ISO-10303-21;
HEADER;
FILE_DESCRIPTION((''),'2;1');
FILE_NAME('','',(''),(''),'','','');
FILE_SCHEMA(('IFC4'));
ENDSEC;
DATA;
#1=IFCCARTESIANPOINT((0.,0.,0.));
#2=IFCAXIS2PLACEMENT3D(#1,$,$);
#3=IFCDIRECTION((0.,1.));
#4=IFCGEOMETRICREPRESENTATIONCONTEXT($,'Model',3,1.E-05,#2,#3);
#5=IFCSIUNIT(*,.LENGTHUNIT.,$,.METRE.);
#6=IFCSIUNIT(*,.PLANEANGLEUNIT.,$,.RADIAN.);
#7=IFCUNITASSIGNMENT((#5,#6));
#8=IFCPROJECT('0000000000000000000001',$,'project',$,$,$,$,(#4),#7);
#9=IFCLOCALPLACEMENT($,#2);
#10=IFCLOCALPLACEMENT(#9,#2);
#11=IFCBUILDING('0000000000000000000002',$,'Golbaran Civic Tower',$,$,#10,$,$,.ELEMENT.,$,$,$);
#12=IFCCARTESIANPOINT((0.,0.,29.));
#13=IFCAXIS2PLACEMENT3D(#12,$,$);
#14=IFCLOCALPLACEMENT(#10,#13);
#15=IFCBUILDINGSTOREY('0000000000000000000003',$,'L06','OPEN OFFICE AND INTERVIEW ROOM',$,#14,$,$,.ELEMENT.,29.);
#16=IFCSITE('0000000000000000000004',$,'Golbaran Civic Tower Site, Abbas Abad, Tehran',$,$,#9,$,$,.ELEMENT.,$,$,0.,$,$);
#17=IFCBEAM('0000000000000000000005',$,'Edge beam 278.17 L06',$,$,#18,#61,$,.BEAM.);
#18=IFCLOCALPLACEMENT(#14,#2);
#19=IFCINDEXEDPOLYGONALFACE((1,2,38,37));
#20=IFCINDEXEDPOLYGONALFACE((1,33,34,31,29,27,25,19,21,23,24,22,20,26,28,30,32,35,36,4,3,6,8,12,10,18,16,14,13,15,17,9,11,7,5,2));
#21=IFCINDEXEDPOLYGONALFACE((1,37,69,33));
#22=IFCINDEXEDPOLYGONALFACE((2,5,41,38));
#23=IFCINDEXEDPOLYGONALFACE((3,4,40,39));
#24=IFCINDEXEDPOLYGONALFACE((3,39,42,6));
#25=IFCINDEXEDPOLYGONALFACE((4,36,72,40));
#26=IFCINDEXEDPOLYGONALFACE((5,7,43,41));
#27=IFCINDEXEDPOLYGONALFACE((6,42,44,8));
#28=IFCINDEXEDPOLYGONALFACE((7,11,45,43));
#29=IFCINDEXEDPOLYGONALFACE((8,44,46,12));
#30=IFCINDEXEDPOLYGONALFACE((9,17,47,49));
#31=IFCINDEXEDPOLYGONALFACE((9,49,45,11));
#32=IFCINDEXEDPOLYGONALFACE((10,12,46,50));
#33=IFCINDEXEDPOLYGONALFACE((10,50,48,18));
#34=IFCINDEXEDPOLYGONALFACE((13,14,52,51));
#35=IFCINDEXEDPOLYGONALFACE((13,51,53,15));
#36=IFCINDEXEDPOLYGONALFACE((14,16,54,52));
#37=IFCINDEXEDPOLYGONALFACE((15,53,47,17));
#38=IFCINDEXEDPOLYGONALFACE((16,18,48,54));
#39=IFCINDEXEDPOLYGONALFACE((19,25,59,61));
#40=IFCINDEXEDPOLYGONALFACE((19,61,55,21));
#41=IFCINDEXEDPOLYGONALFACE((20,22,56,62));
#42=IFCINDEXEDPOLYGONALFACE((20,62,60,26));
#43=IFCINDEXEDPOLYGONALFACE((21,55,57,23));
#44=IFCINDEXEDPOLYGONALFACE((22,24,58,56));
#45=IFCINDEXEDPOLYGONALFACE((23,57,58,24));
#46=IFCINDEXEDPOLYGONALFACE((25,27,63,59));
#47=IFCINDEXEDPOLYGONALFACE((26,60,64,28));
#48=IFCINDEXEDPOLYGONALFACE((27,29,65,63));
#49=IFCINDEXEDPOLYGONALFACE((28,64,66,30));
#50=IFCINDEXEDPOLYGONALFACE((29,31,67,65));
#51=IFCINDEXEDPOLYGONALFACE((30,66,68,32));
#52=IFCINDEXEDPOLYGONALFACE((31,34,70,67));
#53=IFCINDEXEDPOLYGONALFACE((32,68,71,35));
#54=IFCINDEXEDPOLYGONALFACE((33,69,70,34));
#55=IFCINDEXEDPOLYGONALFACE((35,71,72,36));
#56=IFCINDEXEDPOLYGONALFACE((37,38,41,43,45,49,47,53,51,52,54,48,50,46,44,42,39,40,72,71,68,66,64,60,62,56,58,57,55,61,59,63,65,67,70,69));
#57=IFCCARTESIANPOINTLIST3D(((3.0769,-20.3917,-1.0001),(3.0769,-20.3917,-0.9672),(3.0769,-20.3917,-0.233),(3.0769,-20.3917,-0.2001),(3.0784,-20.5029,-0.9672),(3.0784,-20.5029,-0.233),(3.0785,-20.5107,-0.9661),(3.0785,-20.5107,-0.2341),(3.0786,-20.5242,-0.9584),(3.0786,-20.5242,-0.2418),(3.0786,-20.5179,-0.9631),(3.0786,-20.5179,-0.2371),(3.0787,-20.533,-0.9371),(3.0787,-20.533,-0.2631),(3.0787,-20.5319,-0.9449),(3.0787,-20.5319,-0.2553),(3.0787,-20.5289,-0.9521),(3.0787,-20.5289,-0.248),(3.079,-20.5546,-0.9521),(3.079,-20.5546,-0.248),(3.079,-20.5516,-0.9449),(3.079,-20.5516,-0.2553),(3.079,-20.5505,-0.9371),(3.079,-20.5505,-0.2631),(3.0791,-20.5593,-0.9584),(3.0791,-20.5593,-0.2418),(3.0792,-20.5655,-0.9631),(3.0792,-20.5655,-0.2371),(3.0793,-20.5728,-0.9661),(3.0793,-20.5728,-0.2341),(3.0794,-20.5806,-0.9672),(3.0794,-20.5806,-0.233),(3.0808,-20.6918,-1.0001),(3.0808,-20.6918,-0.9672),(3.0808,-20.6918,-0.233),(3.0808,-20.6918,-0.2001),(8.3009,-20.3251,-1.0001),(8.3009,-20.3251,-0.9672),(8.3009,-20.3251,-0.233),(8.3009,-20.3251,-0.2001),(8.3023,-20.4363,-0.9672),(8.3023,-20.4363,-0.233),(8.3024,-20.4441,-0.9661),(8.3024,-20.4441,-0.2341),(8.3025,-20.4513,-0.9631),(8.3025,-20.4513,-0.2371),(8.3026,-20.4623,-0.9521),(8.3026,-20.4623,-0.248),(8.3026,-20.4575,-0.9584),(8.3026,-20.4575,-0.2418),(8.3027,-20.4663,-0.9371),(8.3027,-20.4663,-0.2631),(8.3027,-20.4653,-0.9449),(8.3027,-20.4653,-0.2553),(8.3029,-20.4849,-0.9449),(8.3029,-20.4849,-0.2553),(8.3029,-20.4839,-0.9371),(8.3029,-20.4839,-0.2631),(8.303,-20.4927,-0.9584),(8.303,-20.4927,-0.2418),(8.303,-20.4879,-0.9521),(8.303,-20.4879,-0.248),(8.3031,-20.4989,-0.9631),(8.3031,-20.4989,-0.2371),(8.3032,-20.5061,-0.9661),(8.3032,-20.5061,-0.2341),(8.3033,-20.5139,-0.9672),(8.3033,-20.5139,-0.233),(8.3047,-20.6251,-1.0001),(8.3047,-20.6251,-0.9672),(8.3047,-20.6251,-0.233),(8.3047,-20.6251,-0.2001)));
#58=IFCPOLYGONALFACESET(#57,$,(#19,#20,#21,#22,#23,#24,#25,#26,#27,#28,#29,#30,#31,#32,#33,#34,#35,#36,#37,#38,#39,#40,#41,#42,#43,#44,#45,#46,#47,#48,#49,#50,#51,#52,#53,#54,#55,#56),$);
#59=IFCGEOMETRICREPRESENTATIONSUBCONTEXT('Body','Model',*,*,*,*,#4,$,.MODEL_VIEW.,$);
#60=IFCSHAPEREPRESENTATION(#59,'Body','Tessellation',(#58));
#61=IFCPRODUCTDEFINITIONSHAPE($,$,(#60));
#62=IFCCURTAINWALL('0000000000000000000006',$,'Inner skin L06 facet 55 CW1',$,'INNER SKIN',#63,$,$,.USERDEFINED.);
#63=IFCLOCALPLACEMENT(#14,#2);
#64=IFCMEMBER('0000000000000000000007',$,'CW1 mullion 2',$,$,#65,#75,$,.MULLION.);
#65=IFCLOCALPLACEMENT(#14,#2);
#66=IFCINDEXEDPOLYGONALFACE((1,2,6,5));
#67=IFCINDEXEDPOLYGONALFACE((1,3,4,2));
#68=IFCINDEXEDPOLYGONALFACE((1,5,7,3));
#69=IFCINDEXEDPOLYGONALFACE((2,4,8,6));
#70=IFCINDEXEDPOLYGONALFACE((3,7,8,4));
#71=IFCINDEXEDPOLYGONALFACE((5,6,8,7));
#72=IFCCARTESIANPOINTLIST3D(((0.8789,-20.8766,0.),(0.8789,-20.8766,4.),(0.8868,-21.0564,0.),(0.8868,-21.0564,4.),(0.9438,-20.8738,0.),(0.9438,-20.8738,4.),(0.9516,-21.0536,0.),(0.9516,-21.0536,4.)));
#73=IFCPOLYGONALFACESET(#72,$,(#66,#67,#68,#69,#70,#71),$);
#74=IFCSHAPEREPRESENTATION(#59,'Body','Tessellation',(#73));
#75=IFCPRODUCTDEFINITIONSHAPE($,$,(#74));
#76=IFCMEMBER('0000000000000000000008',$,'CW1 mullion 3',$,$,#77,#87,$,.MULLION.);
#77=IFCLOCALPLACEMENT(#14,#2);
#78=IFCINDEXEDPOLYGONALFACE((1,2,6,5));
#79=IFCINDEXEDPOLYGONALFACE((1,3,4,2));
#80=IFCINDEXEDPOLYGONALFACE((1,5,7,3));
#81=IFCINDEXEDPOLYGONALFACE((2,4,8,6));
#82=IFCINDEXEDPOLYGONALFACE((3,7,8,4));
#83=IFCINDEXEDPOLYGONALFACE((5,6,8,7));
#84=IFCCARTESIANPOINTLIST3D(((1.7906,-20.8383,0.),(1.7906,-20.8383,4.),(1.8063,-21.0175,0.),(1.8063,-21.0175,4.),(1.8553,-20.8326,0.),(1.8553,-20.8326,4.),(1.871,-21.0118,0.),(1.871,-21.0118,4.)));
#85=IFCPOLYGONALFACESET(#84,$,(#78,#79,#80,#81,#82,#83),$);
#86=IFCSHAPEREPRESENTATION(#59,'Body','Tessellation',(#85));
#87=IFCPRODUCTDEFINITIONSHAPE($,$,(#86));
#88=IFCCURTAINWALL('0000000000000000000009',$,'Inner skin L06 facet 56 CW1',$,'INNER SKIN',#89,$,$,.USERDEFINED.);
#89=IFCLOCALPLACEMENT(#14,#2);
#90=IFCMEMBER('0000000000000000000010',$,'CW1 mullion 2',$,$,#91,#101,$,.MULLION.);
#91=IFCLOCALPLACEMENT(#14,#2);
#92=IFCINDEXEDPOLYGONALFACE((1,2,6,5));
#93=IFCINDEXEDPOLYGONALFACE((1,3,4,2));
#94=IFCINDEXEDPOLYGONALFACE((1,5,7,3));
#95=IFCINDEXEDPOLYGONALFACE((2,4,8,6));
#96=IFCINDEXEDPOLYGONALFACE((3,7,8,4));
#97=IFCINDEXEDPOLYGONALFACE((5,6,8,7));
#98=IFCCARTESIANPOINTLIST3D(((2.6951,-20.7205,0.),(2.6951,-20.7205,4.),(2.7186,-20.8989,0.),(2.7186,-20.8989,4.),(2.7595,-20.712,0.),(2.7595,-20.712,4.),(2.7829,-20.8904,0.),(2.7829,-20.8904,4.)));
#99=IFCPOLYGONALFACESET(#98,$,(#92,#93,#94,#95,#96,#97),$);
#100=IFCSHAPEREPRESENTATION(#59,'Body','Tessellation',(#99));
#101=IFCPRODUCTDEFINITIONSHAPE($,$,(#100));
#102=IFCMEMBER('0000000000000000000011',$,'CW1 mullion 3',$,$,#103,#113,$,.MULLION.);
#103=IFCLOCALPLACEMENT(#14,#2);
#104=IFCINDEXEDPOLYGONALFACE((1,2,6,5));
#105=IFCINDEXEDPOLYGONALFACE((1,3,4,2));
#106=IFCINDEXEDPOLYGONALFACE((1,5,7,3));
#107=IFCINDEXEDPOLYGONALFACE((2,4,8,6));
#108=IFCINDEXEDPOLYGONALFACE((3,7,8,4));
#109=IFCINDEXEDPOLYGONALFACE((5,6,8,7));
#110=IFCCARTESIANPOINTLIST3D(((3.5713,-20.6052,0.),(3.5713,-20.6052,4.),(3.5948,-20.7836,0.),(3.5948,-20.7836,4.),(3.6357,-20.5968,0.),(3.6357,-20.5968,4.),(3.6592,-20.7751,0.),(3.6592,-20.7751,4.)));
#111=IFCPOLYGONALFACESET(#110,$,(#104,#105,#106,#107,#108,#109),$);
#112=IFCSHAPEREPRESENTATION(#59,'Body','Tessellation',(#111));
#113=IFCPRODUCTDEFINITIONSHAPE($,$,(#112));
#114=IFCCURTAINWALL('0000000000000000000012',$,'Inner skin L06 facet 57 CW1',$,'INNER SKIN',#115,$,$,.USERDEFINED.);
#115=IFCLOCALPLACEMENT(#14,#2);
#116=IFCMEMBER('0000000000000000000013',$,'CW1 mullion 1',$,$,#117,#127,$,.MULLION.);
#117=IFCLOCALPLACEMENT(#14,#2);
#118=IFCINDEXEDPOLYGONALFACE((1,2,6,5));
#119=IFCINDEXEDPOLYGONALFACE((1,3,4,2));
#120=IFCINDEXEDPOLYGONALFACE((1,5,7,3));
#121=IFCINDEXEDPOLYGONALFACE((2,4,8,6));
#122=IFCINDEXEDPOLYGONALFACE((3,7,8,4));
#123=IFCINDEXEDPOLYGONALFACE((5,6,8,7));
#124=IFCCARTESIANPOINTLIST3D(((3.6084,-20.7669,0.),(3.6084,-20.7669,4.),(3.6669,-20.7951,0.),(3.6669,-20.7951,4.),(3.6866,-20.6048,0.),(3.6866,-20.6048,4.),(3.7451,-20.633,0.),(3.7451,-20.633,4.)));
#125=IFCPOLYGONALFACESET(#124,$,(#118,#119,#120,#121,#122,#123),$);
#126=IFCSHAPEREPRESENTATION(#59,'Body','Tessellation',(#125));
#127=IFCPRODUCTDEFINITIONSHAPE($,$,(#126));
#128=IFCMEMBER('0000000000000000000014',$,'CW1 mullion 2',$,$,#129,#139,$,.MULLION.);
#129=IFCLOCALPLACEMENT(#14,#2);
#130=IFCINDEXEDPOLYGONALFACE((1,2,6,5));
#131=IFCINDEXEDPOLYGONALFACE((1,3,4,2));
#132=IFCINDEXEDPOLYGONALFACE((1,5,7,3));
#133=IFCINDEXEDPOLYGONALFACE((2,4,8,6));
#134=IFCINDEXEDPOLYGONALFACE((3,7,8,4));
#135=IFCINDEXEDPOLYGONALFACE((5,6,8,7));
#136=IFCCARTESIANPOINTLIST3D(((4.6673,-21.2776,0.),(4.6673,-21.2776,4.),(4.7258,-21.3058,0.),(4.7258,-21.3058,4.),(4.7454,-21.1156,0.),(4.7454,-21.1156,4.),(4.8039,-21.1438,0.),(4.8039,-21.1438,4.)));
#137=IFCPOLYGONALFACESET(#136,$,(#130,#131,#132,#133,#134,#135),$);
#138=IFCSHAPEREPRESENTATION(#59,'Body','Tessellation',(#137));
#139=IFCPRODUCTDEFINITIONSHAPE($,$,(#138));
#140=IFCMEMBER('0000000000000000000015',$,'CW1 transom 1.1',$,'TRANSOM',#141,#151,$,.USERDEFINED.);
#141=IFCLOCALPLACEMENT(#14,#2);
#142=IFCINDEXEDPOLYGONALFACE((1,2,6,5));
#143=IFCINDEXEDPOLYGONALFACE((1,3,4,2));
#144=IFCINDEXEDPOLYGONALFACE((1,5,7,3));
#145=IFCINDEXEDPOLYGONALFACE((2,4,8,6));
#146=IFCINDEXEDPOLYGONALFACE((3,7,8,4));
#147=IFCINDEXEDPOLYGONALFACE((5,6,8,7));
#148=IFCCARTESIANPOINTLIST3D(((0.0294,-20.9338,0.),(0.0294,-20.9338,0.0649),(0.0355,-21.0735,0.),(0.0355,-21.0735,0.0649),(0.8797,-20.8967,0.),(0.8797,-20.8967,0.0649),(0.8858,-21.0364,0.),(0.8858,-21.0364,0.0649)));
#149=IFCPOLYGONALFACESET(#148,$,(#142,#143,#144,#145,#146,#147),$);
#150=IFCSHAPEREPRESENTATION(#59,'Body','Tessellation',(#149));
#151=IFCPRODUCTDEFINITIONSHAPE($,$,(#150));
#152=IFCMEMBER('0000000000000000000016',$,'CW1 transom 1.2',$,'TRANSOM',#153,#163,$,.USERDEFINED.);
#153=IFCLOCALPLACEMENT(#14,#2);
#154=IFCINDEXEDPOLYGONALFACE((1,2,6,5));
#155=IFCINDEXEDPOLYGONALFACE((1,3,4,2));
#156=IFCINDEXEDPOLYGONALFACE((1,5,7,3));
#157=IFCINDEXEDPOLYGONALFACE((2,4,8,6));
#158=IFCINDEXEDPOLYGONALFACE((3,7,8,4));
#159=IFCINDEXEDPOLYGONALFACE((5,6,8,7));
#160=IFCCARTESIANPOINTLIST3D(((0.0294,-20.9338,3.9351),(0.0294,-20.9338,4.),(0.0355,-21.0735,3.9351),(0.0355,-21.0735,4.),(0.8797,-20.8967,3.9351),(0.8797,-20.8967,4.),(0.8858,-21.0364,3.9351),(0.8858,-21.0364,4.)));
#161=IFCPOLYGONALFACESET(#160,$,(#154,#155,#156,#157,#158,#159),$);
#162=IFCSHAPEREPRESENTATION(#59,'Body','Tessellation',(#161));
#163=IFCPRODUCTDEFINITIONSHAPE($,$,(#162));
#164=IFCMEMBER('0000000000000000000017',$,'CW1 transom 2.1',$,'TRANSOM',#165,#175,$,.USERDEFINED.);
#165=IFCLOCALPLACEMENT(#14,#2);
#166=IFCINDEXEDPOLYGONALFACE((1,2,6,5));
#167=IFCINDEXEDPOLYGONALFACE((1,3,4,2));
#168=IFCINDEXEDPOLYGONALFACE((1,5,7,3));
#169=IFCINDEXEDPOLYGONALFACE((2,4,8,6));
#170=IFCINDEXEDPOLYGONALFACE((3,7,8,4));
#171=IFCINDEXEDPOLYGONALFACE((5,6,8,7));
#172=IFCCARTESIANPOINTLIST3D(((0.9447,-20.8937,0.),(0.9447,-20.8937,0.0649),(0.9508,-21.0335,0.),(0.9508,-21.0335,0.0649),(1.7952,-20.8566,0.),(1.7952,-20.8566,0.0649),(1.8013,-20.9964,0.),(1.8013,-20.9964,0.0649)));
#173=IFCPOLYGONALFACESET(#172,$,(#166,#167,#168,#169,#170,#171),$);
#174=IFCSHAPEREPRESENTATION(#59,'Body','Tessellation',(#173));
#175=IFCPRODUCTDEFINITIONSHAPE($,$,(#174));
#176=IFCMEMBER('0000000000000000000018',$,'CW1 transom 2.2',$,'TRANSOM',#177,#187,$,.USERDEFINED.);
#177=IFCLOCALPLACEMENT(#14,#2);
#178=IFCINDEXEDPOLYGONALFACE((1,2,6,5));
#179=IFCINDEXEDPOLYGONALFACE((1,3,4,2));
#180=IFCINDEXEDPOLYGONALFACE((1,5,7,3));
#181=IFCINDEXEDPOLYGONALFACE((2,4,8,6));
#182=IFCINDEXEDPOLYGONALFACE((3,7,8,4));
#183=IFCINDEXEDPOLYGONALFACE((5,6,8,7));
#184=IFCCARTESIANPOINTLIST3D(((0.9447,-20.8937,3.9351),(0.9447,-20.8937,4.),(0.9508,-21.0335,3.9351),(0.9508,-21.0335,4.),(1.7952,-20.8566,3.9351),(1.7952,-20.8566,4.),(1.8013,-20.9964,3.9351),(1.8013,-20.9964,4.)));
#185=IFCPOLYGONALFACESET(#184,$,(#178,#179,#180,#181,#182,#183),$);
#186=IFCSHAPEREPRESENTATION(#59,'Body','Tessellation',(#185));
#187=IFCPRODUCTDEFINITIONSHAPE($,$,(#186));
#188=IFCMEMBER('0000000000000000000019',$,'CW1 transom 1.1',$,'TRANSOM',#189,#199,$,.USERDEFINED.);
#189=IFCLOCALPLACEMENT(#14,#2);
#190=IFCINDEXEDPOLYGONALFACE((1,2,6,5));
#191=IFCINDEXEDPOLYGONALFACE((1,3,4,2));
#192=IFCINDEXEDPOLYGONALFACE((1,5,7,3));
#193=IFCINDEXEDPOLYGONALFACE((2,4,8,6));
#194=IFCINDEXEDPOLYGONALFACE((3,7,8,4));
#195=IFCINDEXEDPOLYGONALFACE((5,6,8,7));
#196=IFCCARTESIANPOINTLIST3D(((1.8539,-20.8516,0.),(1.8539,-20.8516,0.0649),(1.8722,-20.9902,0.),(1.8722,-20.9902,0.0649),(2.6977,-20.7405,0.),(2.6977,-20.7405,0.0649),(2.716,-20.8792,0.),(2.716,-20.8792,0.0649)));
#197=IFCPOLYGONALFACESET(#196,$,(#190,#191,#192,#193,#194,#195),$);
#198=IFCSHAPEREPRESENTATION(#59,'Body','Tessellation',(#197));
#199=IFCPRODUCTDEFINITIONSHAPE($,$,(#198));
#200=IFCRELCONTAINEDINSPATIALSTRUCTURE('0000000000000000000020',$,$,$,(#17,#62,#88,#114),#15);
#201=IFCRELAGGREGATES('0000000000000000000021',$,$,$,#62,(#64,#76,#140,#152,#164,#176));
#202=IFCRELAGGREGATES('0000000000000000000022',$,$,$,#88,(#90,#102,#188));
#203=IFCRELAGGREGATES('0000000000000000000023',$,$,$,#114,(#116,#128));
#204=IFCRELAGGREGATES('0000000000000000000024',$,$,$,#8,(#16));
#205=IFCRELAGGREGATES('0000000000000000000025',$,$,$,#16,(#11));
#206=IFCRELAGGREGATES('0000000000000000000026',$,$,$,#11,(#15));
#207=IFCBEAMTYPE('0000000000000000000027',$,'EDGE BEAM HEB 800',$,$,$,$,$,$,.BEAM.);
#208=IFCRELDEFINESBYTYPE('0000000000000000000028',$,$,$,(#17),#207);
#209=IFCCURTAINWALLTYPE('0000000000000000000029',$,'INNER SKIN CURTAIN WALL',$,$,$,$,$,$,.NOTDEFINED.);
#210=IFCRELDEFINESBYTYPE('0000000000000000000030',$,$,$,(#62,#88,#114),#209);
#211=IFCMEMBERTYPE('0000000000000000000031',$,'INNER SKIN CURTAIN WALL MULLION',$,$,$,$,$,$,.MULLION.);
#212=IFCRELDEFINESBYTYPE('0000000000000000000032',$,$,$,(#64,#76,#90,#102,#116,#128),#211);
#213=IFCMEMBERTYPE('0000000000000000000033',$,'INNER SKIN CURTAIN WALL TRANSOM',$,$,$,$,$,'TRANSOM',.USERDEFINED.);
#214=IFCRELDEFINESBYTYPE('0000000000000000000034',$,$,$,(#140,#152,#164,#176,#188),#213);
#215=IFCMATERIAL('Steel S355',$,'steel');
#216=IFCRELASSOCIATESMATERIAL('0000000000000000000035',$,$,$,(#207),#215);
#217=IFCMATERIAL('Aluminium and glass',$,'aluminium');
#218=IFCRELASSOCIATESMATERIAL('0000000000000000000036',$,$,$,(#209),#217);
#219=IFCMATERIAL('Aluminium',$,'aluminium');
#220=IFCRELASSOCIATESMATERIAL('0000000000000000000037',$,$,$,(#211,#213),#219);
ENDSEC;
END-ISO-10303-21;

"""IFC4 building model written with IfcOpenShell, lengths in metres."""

from ifc_helpers import new_model, si_unit, direction, frame, origin, origin_2d, place, context, subcontext, project, spatial, rectangle, i_section, extrude, material, material_profile, profile_set, type_object, element, aggregate, save


model = new_model("IFC4")

# Units and contexts
model_context = context("Model", 3, precision=1e-05, world=origin(), true_north=direction((0.0, 1.0)))
body_context = subcontext(model_context, "Body", "Model", "MODEL_VIEW")
ifc_project = project(units=[si_unit("LENGTHUNIT", "METRE"), si_unit("PLANEANGLEUNIT", "RADIAN")], contexts=[model_context])

# Site, building, storey
site_placement = place(None, origin())
site = spatial("IfcSite", under=ifc_project, at=site_placement, Name="Golbaran Civic Tower Site, Abbas Abad, Tehran", CompositionType="ELEMENT", RefElevation=0.0)
building_placement = place(site_placement, origin())
building = spatial("IfcBuilding", under=site, at=building_placement, Name="Golbaran Civic Tower", CompositionType="ELEMENT")
storey_placement = place(building_placement, frame((0.0, 0.0, 29.0)))
storey = spatial("IfcBuildingStorey", under=building, at=storey_placement, Name="L06", Description="OPEN OFFICE AND INTERVIEW ROOM", CompositionType="ELEMENT", Elevation=29.0)

# Beam
ifc_material_1 = material(Name="Steel S355", Category="steel")
ifc_material_profile_1 = material_profile(ifc_material_1, i_section(OverallWidth=0.3, OverallDepth=0.8, WebThickness=0.0176, FlangeThickness=0.033, FilletRadius=0.03, at=origin_2d()), Name="HEB 800")
ifc_profile_set_1 = profile_set([ifc_material_profile_1], Name="Steel S355")
beam_type = type_object("IfcBeamType", Name="EDGE BEAM HEB 800", PredefinedType="BEAM", material=ifc_profile_set_1)
beam_placement = place(storey_placement, frame((3.0789, -20.5417, -0.6001), z_axis=(0.999919, 0.012758, 0.0), x_axis=(-0.012758, 0.999919, 0.0)))
element("IfcBeam", 1, at=beam_placement, inside=storey, type_object=beam_type, Name="Edge beam 278.17 L06", PredefinedType="BEAM", context=body_context, shape_type="SweptSolid", body=[
    extrude(i_section(OverallWidth=0.3, OverallDepth=0.8, WebThickness=0.0176, FlangeThickness=0.033, FilletRadius=0.03, at=origin_2d()), origin(), (0.0, 0.0, 1.0), 5.2244),
])

# Curtain walls, members
ifc_material_2 = material(Name="Aluminium and glass", Category="aluminium")
curtain_wall_type = type_object("IfcCurtainWallType", Name="INNER SKIN CURTAIN WALL", PredefinedType="NOTDEFINED", material=ifc_material_2)
curtain_wall_1_placement = place(storey_placement, origin())
curtain_wall_1 = element("IfcCurtainWall", 2, at=curtain_wall_1_placement, inside=storey, type_object=curtain_wall_type, Name="Inner skin L06 facet 55 CW1", ObjectType="INNER SKIN", PredefinedType="USERDEFINED")
ifc_material_3 = material(Name="Aluminium", Category="aluminium")
ifc_material_profile_2 = material_profile(ifc_material_3, rectangle(XDim=0.1799, YDim=0.0649, at=origin_2d()), Name="INNER SKIN CURTAIN WALL MULLION")
ifc_profile_set_2 = profile_set([ifc_material_profile_2], Name="Aluminium")
member_type_1 = type_object("IfcMemberType", Name="INNER SKIN CURTAIN WALL MULLION", PredefinedType="MULLION", material=ifc_profile_set_2)
member_1_placement = place(storey_placement, frame((0.9153, -20.9651, 0.0), z_axis=(0.0, 0.0, 1.0), x_axis=(-0.043619, 0.999048, 0.0)))
member_1 = element("IfcMember", 3, at=member_1_placement, type_object=member_type_1, Name="CW1 mullion 2", PredefinedType="MULLION", context=body_context, shape_type="SweptSolid", body=[
    extrude(rectangle(XDim=0.1799, YDim=0.0649, at=origin_2d()), origin(), (0.0, 0.0, 1.0), 4.0),
])
member_2_placement = place(storey_placement, frame((1.8308, -20.925, 0.0), z_axis=(0.0, 0.0, 1.0), x_axis=(-0.087156, 0.996195, 0.0)))
member_2 = element("IfcMember", 4, at=member_2_placement, type_object=member_type_1, Name="CW1 mullion 3", PredefinedType="MULLION", context=body_context, shape_type="SweptSolid", body=[
    extrude(rectangle(XDim=0.1799, YDim=0.0649, at=origin_2d()), origin(), (0.0, 0.0, 1.0), 4.0),
])
curtain_wall_2_placement = place(storey_placement, origin())
curtain_wall_2 = element("IfcCurtainWall", 5, at=curtain_wall_2_placement, inside=storey, type_object=curtain_wall_type, Name="Inner skin L06 facet 56 CW1", ObjectType="INNER SKIN", PredefinedType="USERDEFINED")
member_3_placement = place(storey_placement, frame((2.739, -20.8054, 0.0), z_axis=(0.0, 0.0, 1.0), x_axis=(-0.130526, 0.991445, 0.0)))
member_3 = element("IfcMember", 6, at=member_3_placement, type_object=member_type_1, Name="CW1 mullion 2", PredefinedType="MULLION", context=body_context, shape_type="SweptSolid", body=[
    extrude(rectangle(XDim=0.1799, YDim=0.0649, at=origin_2d()), origin(), (0.0, 0.0, 1.0), 4.0),
])
member_4_placement = place(storey_placement, frame((3.6152, -20.6902, 0.0), z_axis=(0.0, 0.0, 1.0), x_axis=(-0.130526, 0.991445, 0.0)))
member_4 = element("IfcMember", 7, at=member_4_placement, type_object=member_type_1, Name="CW1 mullion 3", PredefinedType="MULLION", context=body_context, shape_type="SweptSolid", body=[
    extrude(rectangle(XDim=0.1799, YDim=0.0649, at=origin_2d()), origin(), (0.0, 0.0, 1.0), 4.0),
])
curtain_wall_3_placement = place(storey_placement, origin())
curtain_wall_3 = element("IfcCurtainWall", 8, at=curtain_wall_3_placement, inside=storey, type_object=curtain_wall_type, Name="Inner skin L06 facet 57 CW1", ObjectType="INNER SKIN", PredefinedType="USERDEFINED")
member_5_placement = place(storey_placement, frame((3.6768, -20.7, 0.0), z_axis=(0.0, 0.0, 1.0), x_axis=(0.434302, 0.900767, 0.0)))
member_5 = element("IfcMember", 9, at=member_5_placement, type_object=member_type_1, Name="CW1 mullion 1", PredefinedType="MULLION", context=body_context, shape_type="SweptSolid", body=[
    extrude(rectangle(XDim=0.1799, YDim=0.0649, at=origin_2d()), origin(), (0.0, 0.0, 1.0), 4.0),
])
member_6_placement = place(storey_placement, frame((4.7356, -21.2107, 0.0), z_axis=(0.0, 0.0, 1.0), x_axis=(0.434302, 0.900767, 0.0)))
member_6 = element("IfcMember", 10, at=member_6_placement, type_object=member_type_1, Name="CW1 mullion 2", PredefinedType="MULLION", context=body_context, shape_type="SweptSolid", body=[
    extrude(rectangle(XDim=0.1799, YDim=0.0649, at=origin_2d()), origin(), (0.0, 0.0, 1.0), 4.0),
])

# Members
ifc_material_profile_3 = material_profile(ifc_material_3, rectangle(XDim=0.1399, YDim=0.0649, at=origin_2d()), Name="INNER SKIN CURTAIN WALL TRANSOM")
ifc_profile_set_3 = profile_set([ifc_material_profile_3], Name="Aluminium")
member_type_2 = type_object("IfcMemberType", Name="INNER SKIN CURTAIN WALL TRANSOM", ElementType="TRANSOM", PredefinedType="USERDEFINED", material=ifc_profile_set_3)
member_7_placement = place(storey_placement, frame((0.0325, -21.0037, 0.0325), z_axis=(0.999049, 0.043599, 0.0), x_axis=(-0.043599, 0.999049, 0.0)))
member_7 = element("IfcMember", 11, at=member_7_placement, type_object=member_type_2, Name="CW1 transom 1.1", ObjectType="TRANSOM", PredefinedType="USERDEFINED", context=body_context, shape_type="SweptSolid", body=[
    extrude(rectangle(XDim=0.1399, YDim=0.0649, at=origin_2d()), origin(), (0.0, 0.0, 1.0), 0.8511),
])
member_8_placement = place(storey_placement, frame((0.0325, -21.0037, 3.9675), z_axis=(0.999049, 0.043599, 0.0), x_axis=(-0.043599, 0.999049, 0.0)))
member_8 = element("IfcMember", 12, at=member_8_placement, type_object=member_type_2, Name="CW1 transom 1.2", ObjectType="TRANSOM", PredefinedType="USERDEFINED", context=body_context, shape_type="SweptSolid", body=[
    extrude(rectangle(XDim=0.1399, YDim=0.0649, at=origin_2d()), origin(), (0.0, 0.0, 1.0), 0.8511),
])
member_9_placement = place(storey_placement, frame((0.9478, -20.9636, 0.0325), z_axis=(0.99905, 0.043587, 0.0), x_axis=(-0.043587, 0.99905, 0.0)))
member_9 = element("IfcMember", 13, at=member_9_placement, type_object=member_type_2, Name="CW1 transom 2.1", ObjectType="TRANSOM", PredefinedType="USERDEFINED", context=body_context, shape_type="SweptSolid", body=[
    extrude(rectangle(XDim=0.1399, YDim=0.0649, at=origin_2d()), origin(), (0.0, 0.0, 1.0), 0.8513),
])
member_10_placement = place(storey_placement, frame((0.9478, -20.9636, 3.9675), z_axis=(0.99905, 0.043587, 0.0), x_axis=(-0.043587, 0.99905, 0.0)))
member_10 = element("IfcMember", 14, at=member_10_placement, type_object=member_type_2, Name="CW1 transom 2.2", ObjectType="TRANSOM", PredefinedType="USERDEFINED", context=body_context, shape_type="SweptSolid", body=[
    extrude(rectangle(XDim=0.1399, YDim=0.0649, at=origin_2d()), origin(), (0.0, 0.0, 1.0), 0.8513),
])
member_11_placement = place(storey_placement, frame((1.863, -20.9209, 0.0325), z_axis=(0.991445, 0.130529, 0.0), x_axis=(-0.130529, 0.991445, 0.0)))
member_11 = element("IfcMember", 15, at=member_11_placement, type_object=member_type_2, Name="CW1 transom 1.1", ObjectType="TRANSOM", PredefinedType="USERDEFINED", context=body_context, shape_type="SweptSolid", body=[
    extrude(rectangle(XDim=0.1399, YDim=0.0649, at=origin_2d()), origin(), (0.0, 0.0, 1.0), 0.8511),
])

aggregate(curtain_wall_1, [member_1, member_2, member_7, member_8, member_9, member_10])
aggregate(curtain_wall_2, [member_3, member_4, member_11])
aggregate(curtain_wall_3, [member_5, member_6])

save(model, "model.ifc")
